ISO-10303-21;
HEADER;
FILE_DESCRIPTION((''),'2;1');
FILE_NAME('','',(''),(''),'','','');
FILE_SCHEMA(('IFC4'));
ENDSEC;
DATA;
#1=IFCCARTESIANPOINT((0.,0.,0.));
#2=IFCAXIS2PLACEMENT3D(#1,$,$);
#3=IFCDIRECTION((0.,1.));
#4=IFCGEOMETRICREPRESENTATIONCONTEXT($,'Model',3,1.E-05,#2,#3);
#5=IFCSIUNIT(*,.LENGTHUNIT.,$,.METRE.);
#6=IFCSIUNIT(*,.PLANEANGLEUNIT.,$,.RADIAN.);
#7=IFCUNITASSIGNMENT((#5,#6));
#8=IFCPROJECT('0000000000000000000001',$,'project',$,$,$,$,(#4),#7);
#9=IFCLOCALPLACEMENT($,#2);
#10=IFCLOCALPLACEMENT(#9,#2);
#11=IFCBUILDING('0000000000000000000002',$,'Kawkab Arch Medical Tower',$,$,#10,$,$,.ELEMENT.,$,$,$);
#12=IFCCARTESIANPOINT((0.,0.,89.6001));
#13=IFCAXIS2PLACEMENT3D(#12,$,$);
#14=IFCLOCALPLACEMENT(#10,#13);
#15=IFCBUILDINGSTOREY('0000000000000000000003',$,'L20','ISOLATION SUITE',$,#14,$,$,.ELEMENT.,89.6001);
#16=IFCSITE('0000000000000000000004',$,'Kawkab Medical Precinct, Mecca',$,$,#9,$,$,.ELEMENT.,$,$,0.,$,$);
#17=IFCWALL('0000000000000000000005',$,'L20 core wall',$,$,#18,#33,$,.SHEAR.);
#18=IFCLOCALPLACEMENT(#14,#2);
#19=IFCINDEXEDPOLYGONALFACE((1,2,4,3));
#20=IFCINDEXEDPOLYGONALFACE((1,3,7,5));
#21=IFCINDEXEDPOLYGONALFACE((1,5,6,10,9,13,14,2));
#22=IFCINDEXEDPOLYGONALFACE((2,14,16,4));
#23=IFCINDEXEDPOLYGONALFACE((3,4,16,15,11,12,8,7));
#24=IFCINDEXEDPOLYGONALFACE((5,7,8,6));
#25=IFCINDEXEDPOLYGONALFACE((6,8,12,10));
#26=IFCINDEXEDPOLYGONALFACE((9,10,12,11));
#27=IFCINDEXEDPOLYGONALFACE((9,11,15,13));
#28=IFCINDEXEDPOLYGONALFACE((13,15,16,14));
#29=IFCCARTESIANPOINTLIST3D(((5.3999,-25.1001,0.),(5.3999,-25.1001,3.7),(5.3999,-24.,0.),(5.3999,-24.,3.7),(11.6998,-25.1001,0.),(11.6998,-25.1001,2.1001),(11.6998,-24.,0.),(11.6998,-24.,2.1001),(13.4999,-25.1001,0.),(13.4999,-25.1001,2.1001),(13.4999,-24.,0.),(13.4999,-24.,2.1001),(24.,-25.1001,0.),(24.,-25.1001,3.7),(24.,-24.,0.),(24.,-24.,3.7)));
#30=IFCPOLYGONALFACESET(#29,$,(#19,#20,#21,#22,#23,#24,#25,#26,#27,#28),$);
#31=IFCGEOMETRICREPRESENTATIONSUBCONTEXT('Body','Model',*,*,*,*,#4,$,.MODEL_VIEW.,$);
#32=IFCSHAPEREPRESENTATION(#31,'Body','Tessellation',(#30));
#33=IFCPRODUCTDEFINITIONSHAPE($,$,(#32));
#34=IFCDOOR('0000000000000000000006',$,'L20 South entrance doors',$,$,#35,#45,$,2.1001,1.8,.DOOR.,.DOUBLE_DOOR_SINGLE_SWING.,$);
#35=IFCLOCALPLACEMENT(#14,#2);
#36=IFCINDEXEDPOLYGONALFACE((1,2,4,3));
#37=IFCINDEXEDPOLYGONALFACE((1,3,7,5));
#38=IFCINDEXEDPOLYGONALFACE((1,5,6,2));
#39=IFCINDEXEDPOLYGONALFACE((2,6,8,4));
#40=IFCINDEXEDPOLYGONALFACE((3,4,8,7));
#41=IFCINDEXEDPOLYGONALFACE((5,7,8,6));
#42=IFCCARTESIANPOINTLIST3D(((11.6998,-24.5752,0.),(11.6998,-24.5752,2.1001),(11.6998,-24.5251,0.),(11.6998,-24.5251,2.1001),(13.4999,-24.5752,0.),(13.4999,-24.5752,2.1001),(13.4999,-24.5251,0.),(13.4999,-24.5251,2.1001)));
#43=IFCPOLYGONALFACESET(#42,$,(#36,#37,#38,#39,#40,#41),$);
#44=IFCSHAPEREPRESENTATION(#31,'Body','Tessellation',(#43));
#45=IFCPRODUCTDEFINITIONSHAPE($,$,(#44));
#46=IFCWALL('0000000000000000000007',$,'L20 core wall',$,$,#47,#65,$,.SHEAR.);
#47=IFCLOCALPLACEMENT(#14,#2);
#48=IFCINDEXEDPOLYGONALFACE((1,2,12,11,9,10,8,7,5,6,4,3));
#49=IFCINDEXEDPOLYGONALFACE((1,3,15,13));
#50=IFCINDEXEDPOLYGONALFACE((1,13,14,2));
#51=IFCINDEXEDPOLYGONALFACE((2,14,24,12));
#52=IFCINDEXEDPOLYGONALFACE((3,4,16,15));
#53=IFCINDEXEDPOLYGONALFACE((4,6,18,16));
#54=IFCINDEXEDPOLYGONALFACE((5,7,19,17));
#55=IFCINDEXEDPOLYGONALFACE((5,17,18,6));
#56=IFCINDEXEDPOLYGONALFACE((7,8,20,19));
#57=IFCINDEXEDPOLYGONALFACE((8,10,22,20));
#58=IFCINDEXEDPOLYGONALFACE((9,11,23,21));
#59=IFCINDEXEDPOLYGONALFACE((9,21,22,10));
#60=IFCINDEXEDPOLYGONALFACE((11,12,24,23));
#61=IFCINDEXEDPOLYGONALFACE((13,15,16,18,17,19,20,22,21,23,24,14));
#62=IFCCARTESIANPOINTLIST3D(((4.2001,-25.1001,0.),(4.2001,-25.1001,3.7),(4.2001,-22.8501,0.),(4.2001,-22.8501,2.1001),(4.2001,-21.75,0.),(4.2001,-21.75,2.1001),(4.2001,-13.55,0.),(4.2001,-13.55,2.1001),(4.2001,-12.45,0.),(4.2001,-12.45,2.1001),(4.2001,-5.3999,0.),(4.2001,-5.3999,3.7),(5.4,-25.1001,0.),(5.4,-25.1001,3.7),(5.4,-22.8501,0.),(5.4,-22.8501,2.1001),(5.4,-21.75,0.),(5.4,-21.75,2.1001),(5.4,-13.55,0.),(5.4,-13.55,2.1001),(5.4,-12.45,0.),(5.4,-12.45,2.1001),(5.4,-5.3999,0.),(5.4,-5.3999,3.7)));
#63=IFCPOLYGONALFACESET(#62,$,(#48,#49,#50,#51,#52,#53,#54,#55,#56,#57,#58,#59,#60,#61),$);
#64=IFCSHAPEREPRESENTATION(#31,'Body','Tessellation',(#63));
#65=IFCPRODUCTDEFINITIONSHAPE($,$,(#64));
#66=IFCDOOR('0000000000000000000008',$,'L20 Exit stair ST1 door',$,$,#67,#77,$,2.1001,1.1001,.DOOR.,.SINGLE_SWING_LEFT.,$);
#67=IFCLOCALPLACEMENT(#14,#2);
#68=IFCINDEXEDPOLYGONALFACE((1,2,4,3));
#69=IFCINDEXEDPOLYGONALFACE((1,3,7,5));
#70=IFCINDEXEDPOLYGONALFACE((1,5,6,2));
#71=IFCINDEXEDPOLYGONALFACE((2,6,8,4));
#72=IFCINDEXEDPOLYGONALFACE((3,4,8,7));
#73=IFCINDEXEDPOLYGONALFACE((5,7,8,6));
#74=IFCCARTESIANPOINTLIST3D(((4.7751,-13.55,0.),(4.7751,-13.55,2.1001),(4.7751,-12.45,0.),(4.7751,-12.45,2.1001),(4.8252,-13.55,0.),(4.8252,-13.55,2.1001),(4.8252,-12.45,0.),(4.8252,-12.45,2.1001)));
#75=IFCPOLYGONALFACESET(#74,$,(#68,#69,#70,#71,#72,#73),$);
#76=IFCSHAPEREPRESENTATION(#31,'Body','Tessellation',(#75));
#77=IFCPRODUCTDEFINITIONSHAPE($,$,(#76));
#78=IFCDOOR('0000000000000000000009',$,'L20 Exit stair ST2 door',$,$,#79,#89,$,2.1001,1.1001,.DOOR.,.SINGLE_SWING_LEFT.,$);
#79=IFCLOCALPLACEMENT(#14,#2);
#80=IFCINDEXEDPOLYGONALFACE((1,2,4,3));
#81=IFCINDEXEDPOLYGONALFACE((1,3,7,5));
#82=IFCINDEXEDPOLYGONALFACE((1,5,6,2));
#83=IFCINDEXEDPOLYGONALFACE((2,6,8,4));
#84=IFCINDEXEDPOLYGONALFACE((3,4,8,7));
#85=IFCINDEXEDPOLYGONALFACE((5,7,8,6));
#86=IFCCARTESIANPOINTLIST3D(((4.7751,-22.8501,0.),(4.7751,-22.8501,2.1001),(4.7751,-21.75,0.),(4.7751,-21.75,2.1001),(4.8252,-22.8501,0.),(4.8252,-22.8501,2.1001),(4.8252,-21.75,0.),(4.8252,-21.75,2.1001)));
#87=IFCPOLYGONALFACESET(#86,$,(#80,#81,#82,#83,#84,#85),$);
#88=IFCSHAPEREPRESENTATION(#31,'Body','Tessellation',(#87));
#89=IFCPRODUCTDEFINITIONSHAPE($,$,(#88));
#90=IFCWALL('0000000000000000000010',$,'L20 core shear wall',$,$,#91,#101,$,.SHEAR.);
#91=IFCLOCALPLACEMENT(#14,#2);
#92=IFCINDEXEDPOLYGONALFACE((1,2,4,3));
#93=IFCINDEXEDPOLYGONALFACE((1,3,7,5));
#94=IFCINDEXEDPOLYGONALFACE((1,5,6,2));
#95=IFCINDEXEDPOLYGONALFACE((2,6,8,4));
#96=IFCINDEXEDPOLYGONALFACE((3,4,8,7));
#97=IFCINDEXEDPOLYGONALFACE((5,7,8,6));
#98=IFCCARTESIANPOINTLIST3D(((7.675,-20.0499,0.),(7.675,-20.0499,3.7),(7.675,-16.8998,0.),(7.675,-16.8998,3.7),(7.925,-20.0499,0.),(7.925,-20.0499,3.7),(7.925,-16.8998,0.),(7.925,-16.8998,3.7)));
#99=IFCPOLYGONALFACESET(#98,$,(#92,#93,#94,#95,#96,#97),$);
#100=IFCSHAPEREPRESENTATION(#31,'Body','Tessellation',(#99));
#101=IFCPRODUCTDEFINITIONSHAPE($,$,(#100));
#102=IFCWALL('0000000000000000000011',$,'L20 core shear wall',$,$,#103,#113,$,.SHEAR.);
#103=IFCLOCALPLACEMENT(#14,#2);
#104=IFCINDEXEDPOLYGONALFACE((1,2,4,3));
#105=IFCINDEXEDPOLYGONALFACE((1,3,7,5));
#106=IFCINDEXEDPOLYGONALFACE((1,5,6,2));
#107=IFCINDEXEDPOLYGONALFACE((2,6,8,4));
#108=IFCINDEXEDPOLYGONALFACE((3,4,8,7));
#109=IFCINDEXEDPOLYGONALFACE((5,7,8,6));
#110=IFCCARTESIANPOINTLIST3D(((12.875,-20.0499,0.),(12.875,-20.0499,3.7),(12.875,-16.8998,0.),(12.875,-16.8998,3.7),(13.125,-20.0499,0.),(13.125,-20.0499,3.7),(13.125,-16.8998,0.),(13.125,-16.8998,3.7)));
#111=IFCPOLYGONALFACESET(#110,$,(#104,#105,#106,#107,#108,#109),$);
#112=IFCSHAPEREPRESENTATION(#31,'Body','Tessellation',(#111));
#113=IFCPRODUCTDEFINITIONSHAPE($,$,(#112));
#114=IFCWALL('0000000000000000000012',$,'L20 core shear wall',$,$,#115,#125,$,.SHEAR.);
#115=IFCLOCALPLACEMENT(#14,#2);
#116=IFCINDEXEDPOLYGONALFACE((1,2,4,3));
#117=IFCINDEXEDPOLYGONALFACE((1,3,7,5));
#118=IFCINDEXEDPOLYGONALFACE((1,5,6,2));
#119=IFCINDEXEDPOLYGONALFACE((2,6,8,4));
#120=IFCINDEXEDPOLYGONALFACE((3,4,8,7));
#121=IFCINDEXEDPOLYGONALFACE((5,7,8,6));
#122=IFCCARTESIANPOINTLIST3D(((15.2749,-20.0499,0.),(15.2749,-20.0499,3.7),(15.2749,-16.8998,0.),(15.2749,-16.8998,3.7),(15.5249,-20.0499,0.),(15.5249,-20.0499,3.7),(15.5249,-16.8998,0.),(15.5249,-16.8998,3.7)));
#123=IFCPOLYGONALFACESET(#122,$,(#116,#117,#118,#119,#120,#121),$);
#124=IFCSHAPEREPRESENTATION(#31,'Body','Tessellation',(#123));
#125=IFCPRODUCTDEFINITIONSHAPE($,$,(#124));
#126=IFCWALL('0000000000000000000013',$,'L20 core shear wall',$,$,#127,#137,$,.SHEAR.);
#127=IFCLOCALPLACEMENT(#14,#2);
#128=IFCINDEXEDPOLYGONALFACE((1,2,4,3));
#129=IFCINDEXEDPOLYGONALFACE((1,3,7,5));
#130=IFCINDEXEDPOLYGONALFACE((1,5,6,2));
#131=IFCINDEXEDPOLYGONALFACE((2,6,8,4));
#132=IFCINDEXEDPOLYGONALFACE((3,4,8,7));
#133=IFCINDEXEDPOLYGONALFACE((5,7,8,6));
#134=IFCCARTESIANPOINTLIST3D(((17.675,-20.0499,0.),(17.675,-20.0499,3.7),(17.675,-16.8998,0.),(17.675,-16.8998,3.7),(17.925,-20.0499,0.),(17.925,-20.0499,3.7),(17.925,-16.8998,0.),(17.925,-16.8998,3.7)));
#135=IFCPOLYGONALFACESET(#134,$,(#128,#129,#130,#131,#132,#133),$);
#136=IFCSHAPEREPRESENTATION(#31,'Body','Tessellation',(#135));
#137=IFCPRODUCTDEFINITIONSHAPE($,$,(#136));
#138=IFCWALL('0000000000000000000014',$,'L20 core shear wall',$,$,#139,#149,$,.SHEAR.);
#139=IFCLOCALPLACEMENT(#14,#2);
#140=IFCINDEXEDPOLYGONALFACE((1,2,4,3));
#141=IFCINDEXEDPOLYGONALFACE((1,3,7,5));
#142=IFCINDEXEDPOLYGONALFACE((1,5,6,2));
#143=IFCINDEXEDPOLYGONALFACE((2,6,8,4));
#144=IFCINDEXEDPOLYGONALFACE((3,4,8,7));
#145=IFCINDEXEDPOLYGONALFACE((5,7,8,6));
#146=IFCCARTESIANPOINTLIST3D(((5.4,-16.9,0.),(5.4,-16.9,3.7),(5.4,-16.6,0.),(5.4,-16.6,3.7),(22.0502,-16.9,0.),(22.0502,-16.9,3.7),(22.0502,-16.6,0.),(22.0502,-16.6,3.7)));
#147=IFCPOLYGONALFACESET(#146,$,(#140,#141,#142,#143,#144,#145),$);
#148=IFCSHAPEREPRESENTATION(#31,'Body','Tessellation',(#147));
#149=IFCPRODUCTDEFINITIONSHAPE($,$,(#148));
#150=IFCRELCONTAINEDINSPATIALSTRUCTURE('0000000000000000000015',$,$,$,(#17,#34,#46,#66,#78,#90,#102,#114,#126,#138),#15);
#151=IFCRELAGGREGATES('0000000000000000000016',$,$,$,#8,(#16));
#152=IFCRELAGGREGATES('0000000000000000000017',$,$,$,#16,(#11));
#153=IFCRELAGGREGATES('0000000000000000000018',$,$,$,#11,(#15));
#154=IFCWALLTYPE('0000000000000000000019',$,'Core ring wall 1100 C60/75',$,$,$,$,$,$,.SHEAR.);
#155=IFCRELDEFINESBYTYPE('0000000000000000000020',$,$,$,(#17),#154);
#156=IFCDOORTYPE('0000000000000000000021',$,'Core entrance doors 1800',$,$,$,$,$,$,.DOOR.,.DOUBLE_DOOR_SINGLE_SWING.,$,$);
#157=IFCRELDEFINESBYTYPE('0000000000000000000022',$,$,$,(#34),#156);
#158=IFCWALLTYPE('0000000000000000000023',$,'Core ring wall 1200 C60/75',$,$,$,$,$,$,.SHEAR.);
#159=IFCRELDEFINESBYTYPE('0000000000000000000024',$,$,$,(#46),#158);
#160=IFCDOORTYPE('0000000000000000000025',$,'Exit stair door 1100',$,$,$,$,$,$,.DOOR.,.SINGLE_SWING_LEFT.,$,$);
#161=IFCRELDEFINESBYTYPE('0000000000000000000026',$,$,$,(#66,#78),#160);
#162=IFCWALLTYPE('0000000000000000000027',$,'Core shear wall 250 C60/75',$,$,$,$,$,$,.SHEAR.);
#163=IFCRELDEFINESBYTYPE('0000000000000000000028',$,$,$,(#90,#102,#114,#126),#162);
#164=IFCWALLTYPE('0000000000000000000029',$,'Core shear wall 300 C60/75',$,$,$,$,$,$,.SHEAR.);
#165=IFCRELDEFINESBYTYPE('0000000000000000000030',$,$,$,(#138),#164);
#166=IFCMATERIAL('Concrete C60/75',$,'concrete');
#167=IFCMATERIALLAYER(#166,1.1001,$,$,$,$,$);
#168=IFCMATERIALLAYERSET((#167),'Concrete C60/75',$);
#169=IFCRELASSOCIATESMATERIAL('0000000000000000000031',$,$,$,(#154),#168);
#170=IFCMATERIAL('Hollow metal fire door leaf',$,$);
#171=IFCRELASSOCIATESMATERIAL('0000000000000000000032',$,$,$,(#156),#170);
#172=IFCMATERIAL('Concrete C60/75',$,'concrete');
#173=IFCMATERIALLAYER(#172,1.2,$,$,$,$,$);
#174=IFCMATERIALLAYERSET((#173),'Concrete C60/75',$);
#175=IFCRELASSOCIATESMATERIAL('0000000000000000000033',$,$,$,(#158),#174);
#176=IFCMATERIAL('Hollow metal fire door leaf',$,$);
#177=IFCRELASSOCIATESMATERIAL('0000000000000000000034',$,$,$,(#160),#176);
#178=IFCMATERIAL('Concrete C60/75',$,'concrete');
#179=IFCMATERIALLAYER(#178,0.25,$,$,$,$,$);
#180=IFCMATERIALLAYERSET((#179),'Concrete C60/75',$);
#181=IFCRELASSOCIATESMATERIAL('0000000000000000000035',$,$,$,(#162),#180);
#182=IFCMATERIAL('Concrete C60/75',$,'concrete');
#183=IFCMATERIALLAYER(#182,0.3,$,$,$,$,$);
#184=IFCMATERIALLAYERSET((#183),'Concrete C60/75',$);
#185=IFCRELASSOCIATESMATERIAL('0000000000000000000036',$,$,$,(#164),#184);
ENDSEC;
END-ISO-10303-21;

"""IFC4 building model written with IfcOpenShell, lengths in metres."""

from ifc_helpers import new_model, si_unit, direction, frame, frame_2d, origin, place, context, subcontext, project, spatial, rectangle, extrude, material, layer, layer_set, type_object, element, fill, save


model = new_model("IFC4")

# Units and contexts
model_context = context("Model", 3, precision=1e-05, world=origin(), true_north=direction((0.0, 1.0)))
body_context = subcontext(model_context, "Body", "Model", "MODEL_VIEW")
ifc_project = project(units=[si_unit("LENGTHUNIT", "METRE"), si_unit("PLANEANGLEUNIT", "RADIAN")], contexts=[model_context])

# Site, building, storey
site_placement = place(None, origin())
site = spatial("IfcSite", under=ifc_project, at=site_placement, Name="Kawkab Medical Precinct, Mecca", CompositionType="ELEMENT", RefElevation=0.0)
building_placement = place(site_placement, origin())
building = spatial("IfcBuilding", under=site, at=building_placement, Name="Kawkab Arch Medical Tower", CompositionType="ELEMENT")
storey_placement = place(building_placement, frame((0.0, 0.0, 89.6001)))
storey = spatial("IfcBuildingStorey", under=building, at=storey_placement, Name="L20", Description="ISOLATION SUITE", CompositionType="ELEMENT", Elevation=89.6001)

# Wall, opening, door
ifc_material_1 = material(Name="Concrete C60/75", Category="concrete")
ifc_layer_1 = layer(ifc_material_1, 1.1001)
ifc_layer_set_1 = layer_set([ifc_layer_1], Name="Concrete C60/75")
wall_type_1 = type_object("IfcWallType", Name="Core ring wall 1100 C60/75", PredefinedType="SHEAR", material=ifc_layer_set_1)
wall_1_placement = place(storey_placement, frame((5.3999, -24.55, 0.0), z_axis=(0.0, 0.0, 1.0), x_axis=(1.0, 0.0, 0.0)))
wall_1 = element("IfcWall", 1, at=wall_1_placement, inside=storey, type_object=wall_type_1, Name="L20 core wall", PredefinedType="SHEAR", context=body_context, shape_type="SweptSolid", body=[
    extrude(rectangle(XDim=18.6001, YDim=1.1001, at=frame_2d((9.3, 0.0))), origin(), (0.0, 0.0, 1.0), 3.7),
])
opening_1_placement = place(wall_1_placement, frame((6.3, 0.0, 0.0)))
opening_1 = element("IfcOpeningElement", 2, at=opening_1_placement, cuts=wall_1, PredefinedType="OPENING", context=body_context, shape_type="SweptSolid", body=[
    extrude(rectangle(XDim=1.8, YDim=2.1001, at=frame_2d((0.8999, 1.05))), frame((0.0, 0.5601, 0.0), z_axis=(0.0, -1.0, 0.0), x_axis=(1.0, 0.0, 0.0)), (0.0, 0.0, 1.0), 1.1201),
])
ifc_material_2 = material(Name="Hollow metal fire door leaf")
door_type_1 = type_object("IfcDoorType", Name="Core entrance doors 1800", OperationType="DOUBLE_DOOR_SINGLE_SWING", PredefinedType="DOOR", material=ifc_material_2)
door_1_placement = place(opening_1_placement, origin())
door_1 = element("IfcDoor", 3, at=door_1_placement, inside=storey, type_object=door_type_1, Name="L20 South entrance doors", OperationType="DOUBLE_DOOR_SINGLE_SWING", OverallHeight=2.1001, OverallWidth=1.8, PredefinedType="DOOR", context=body_context, shape_type="SweptSolid", body=[
    extrude(rectangle(XDim=1.8, YDim=2.1001, at=frame_2d((0.8999, 1.05))), frame((0.0, 0.0249, 0.0), z_axis=(0.0, -1.0, 0.0), x_axis=(1.0, 0.0, 0.0)), (0.0, 0.0, 1.0), 0.05),
])
fill(opening_1, door_1)

# Wall, openings, doors
ifc_material_3 = material(Name="Concrete C60/75", Category="concrete")
ifc_layer_2 = layer(ifc_material_3, 1.2)
ifc_layer_set_2 = layer_set([ifc_layer_2], Name="Concrete C60/75")
wall_type_2 = type_object("IfcWallType", Name="Core ring wall 1200 C60/75", PredefinedType="SHEAR", material=ifc_layer_set_2)
wall_2_placement = place(storey_placement, frame((4.8, -25.1001, 0.0), z_axis=(0.0, 0.0, 1.0), x_axis=(0.0, 1.0, 0.0)))
wall_2 = element("IfcWall", 4, at=wall_2_placement, inside=storey, type_object=wall_type_2, Name="L20 core wall", PredefinedType="SHEAR", context=body_context, shape_type="SweptSolid", body=[
    extrude(rectangle(XDim=19.7002, YDim=1.2, at=frame_2d((9.8501, 0.0))), origin(), (0.0, 0.0, 1.0), 3.7),
])
opening_2_placement = place(wall_2_placement, frame((11.55, 0.0, 0.0)))
opening_2 = element("IfcOpeningElement", 5, at=opening_2_placement, cuts=wall_2, PredefinedType="OPENING", context=body_context, shape_type="SweptSolid", body=[
    extrude(rectangle(XDim=1.1001, YDim=2.1001, at=frame_2d((0.55, 1.05))), frame((0.0, 0.6099, 0.0), z_axis=(0.0, -1.0, 0.0), x_axis=(1.0, 0.0, 0.0)), (0.0, 0.0, 1.0), 1.22),
])
opening_3_placement = place(wall_2_placement, frame((2.25, 0.0, 0.0)))
opening_3 = element("IfcOpeningElement", 6, at=opening_3_placement, cuts=wall_2, PredefinedType="OPENING", context=body_context, shape_type="SweptSolid", body=[
    extrude(rectangle(XDim=1.1001, YDim=2.1001, at=frame_2d((0.55, 1.05))), frame((0.0, 0.6099, 0.0), z_axis=(0.0, -1.0, 0.0), x_axis=(1.0, 0.0, 0.0)), (0.0, 0.0, 1.0), 1.22),
])
ifc_material_4 = material(Name="Hollow metal fire door leaf")
door_type_2 = type_object("IfcDoorType", Name="Exit stair door 1100", OperationType="SINGLE_SWING_LEFT", PredefinedType="DOOR", material=ifc_material_4)
door_2_placement = place(opening_2_placement, origin())
door_2 = element("IfcDoor", 7, at=door_2_placement, inside=storey, type_object=door_type_2, Name="L20 Exit stair ST1 door", OperationType="SINGLE_SWING_LEFT", OverallHeight=2.1001, OverallWidth=1.1001, PredefinedType="DOOR", context=body_context, shape_type="SweptSolid", body=[
    extrude(rectangle(XDim=1.1001, YDim=2.1001, at=frame_2d((0.55, 1.05))), frame((0.0, 0.0249, 0.0), z_axis=(0.0, -1.0, 0.0), x_axis=(1.0, 0.0, 0.0)), (0.0, 0.0, 1.0), 0.05),
])
fill(opening_2, door_2)
door_3_placement = place(opening_3_placement, origin())
door_3 = element("IfcDoor", 8, at=door_3_placement, inside=storey, type_object=door_type_2, Name="L20 Exit stair ST2 door", OperationType="SINGLE_SWING_LEFT", OverallHeight=2.1001, OverallWidth=1.1001, PredefinedType="DOOR", context=body_context, shape_type="SweptSolid", body=[
    extrude(rectangle(XDim=1.1001, YDim=2.1001, at=frame_2d((0.55, 1.05))), frame((0.0, 0.0249, 0.0), z_axis=(0.0, -1.0, 0.0), x_axis=(1.0, 0.0, 0.0)), (0.0, 0.0, 1.0), 0.05),
])
fill(opening_3, door_3)

# Walls
ifc_material_5 = material(Name="Concrete C60/75", Category="concrete")
ifc_layer_3 = layer(ifc_material_5, 0.25)
ifc_layer_set_3 = layer_set([ifc_layer_3], Name="Concrete C60/75")
wall_type_3 = type_object("IfcWallType", Name="Core shear wall 250 C60/75", PredefinedType="SHEAR", material=ifc_layer_set_3)
for number, where, z_axis, x_axis, name in (
    (9, (7.8, -20.05, 0.0), (0.0, 0.0, 1.0), (0.0, 1.0, 0.0), "L20 core shear wall"),
    (10, (13.0, -20.05, 0.0), (0.0, 0.0, 1.0), (0.0, 1.0, 0.0), "L20 core shear wall"),
    (11, (15.3999, -20.05, 0.0), (0.0, 0.0, 1.0), (0.0, 1.0, 0.0), "L20 core shear wall"),
    (12, (17.8, -20.05, 0.0), (0.0, 0.0, 1.0), (0.0, 1.0, 0.0), "L20 core shear wall"),
):
    element("IfcWall", number, at=place(storey_placement, frame(where, z_axis=z_axis, x_axis=x_axis)), inside=storey, type_object=wall_type_3, Name=name, PredefinedType="SHEAR", context=body_context, shape_type="SweptSolid", body=[
        extrude(rectangle(XDim=3.1501, YDim=0.25, at=frame_2d((1.5752, 0.0))), origin(), (0.0, 0.0, 1.0), 3.7),
    ])
ifc_material_6 = material(Name="Concrete C60/75", Category="concrete")
ifc_layer_4 = layer(ifc_material_6, 0.3)
ifc_layer_set_4 = layer_set([ifc_layer_4], Name="Concrete C60/75")
wall_type_4 = type_object("IfcWallType", Name="Core shear wall 300 C60/75", PredefinedType="SHEAR", material=ifc_layer_set_4)
wall_3_placement = place(storey_placement, frame((5.3999, -16.75, 0.0), z_axis=(0.0, 0.0, 1.0), x_axis=(1.0, 0.0, 0.0)))
element("IfcWall", 13, at=wall_3_placement, inside=storey, type_object=wall_type_4, Name="L20 core shear wall", PredefinedType="SHEAR", context=body_context, shape_type="SweptSolid", body=[
    extrude(rectangle(XDim=16.6501, YDim=0.3, at=frame_2d((8.3252, 0.0))), origin(), (0.0, 0.0, 1.0), 3.7),
])

save(model, "model.ifc")
